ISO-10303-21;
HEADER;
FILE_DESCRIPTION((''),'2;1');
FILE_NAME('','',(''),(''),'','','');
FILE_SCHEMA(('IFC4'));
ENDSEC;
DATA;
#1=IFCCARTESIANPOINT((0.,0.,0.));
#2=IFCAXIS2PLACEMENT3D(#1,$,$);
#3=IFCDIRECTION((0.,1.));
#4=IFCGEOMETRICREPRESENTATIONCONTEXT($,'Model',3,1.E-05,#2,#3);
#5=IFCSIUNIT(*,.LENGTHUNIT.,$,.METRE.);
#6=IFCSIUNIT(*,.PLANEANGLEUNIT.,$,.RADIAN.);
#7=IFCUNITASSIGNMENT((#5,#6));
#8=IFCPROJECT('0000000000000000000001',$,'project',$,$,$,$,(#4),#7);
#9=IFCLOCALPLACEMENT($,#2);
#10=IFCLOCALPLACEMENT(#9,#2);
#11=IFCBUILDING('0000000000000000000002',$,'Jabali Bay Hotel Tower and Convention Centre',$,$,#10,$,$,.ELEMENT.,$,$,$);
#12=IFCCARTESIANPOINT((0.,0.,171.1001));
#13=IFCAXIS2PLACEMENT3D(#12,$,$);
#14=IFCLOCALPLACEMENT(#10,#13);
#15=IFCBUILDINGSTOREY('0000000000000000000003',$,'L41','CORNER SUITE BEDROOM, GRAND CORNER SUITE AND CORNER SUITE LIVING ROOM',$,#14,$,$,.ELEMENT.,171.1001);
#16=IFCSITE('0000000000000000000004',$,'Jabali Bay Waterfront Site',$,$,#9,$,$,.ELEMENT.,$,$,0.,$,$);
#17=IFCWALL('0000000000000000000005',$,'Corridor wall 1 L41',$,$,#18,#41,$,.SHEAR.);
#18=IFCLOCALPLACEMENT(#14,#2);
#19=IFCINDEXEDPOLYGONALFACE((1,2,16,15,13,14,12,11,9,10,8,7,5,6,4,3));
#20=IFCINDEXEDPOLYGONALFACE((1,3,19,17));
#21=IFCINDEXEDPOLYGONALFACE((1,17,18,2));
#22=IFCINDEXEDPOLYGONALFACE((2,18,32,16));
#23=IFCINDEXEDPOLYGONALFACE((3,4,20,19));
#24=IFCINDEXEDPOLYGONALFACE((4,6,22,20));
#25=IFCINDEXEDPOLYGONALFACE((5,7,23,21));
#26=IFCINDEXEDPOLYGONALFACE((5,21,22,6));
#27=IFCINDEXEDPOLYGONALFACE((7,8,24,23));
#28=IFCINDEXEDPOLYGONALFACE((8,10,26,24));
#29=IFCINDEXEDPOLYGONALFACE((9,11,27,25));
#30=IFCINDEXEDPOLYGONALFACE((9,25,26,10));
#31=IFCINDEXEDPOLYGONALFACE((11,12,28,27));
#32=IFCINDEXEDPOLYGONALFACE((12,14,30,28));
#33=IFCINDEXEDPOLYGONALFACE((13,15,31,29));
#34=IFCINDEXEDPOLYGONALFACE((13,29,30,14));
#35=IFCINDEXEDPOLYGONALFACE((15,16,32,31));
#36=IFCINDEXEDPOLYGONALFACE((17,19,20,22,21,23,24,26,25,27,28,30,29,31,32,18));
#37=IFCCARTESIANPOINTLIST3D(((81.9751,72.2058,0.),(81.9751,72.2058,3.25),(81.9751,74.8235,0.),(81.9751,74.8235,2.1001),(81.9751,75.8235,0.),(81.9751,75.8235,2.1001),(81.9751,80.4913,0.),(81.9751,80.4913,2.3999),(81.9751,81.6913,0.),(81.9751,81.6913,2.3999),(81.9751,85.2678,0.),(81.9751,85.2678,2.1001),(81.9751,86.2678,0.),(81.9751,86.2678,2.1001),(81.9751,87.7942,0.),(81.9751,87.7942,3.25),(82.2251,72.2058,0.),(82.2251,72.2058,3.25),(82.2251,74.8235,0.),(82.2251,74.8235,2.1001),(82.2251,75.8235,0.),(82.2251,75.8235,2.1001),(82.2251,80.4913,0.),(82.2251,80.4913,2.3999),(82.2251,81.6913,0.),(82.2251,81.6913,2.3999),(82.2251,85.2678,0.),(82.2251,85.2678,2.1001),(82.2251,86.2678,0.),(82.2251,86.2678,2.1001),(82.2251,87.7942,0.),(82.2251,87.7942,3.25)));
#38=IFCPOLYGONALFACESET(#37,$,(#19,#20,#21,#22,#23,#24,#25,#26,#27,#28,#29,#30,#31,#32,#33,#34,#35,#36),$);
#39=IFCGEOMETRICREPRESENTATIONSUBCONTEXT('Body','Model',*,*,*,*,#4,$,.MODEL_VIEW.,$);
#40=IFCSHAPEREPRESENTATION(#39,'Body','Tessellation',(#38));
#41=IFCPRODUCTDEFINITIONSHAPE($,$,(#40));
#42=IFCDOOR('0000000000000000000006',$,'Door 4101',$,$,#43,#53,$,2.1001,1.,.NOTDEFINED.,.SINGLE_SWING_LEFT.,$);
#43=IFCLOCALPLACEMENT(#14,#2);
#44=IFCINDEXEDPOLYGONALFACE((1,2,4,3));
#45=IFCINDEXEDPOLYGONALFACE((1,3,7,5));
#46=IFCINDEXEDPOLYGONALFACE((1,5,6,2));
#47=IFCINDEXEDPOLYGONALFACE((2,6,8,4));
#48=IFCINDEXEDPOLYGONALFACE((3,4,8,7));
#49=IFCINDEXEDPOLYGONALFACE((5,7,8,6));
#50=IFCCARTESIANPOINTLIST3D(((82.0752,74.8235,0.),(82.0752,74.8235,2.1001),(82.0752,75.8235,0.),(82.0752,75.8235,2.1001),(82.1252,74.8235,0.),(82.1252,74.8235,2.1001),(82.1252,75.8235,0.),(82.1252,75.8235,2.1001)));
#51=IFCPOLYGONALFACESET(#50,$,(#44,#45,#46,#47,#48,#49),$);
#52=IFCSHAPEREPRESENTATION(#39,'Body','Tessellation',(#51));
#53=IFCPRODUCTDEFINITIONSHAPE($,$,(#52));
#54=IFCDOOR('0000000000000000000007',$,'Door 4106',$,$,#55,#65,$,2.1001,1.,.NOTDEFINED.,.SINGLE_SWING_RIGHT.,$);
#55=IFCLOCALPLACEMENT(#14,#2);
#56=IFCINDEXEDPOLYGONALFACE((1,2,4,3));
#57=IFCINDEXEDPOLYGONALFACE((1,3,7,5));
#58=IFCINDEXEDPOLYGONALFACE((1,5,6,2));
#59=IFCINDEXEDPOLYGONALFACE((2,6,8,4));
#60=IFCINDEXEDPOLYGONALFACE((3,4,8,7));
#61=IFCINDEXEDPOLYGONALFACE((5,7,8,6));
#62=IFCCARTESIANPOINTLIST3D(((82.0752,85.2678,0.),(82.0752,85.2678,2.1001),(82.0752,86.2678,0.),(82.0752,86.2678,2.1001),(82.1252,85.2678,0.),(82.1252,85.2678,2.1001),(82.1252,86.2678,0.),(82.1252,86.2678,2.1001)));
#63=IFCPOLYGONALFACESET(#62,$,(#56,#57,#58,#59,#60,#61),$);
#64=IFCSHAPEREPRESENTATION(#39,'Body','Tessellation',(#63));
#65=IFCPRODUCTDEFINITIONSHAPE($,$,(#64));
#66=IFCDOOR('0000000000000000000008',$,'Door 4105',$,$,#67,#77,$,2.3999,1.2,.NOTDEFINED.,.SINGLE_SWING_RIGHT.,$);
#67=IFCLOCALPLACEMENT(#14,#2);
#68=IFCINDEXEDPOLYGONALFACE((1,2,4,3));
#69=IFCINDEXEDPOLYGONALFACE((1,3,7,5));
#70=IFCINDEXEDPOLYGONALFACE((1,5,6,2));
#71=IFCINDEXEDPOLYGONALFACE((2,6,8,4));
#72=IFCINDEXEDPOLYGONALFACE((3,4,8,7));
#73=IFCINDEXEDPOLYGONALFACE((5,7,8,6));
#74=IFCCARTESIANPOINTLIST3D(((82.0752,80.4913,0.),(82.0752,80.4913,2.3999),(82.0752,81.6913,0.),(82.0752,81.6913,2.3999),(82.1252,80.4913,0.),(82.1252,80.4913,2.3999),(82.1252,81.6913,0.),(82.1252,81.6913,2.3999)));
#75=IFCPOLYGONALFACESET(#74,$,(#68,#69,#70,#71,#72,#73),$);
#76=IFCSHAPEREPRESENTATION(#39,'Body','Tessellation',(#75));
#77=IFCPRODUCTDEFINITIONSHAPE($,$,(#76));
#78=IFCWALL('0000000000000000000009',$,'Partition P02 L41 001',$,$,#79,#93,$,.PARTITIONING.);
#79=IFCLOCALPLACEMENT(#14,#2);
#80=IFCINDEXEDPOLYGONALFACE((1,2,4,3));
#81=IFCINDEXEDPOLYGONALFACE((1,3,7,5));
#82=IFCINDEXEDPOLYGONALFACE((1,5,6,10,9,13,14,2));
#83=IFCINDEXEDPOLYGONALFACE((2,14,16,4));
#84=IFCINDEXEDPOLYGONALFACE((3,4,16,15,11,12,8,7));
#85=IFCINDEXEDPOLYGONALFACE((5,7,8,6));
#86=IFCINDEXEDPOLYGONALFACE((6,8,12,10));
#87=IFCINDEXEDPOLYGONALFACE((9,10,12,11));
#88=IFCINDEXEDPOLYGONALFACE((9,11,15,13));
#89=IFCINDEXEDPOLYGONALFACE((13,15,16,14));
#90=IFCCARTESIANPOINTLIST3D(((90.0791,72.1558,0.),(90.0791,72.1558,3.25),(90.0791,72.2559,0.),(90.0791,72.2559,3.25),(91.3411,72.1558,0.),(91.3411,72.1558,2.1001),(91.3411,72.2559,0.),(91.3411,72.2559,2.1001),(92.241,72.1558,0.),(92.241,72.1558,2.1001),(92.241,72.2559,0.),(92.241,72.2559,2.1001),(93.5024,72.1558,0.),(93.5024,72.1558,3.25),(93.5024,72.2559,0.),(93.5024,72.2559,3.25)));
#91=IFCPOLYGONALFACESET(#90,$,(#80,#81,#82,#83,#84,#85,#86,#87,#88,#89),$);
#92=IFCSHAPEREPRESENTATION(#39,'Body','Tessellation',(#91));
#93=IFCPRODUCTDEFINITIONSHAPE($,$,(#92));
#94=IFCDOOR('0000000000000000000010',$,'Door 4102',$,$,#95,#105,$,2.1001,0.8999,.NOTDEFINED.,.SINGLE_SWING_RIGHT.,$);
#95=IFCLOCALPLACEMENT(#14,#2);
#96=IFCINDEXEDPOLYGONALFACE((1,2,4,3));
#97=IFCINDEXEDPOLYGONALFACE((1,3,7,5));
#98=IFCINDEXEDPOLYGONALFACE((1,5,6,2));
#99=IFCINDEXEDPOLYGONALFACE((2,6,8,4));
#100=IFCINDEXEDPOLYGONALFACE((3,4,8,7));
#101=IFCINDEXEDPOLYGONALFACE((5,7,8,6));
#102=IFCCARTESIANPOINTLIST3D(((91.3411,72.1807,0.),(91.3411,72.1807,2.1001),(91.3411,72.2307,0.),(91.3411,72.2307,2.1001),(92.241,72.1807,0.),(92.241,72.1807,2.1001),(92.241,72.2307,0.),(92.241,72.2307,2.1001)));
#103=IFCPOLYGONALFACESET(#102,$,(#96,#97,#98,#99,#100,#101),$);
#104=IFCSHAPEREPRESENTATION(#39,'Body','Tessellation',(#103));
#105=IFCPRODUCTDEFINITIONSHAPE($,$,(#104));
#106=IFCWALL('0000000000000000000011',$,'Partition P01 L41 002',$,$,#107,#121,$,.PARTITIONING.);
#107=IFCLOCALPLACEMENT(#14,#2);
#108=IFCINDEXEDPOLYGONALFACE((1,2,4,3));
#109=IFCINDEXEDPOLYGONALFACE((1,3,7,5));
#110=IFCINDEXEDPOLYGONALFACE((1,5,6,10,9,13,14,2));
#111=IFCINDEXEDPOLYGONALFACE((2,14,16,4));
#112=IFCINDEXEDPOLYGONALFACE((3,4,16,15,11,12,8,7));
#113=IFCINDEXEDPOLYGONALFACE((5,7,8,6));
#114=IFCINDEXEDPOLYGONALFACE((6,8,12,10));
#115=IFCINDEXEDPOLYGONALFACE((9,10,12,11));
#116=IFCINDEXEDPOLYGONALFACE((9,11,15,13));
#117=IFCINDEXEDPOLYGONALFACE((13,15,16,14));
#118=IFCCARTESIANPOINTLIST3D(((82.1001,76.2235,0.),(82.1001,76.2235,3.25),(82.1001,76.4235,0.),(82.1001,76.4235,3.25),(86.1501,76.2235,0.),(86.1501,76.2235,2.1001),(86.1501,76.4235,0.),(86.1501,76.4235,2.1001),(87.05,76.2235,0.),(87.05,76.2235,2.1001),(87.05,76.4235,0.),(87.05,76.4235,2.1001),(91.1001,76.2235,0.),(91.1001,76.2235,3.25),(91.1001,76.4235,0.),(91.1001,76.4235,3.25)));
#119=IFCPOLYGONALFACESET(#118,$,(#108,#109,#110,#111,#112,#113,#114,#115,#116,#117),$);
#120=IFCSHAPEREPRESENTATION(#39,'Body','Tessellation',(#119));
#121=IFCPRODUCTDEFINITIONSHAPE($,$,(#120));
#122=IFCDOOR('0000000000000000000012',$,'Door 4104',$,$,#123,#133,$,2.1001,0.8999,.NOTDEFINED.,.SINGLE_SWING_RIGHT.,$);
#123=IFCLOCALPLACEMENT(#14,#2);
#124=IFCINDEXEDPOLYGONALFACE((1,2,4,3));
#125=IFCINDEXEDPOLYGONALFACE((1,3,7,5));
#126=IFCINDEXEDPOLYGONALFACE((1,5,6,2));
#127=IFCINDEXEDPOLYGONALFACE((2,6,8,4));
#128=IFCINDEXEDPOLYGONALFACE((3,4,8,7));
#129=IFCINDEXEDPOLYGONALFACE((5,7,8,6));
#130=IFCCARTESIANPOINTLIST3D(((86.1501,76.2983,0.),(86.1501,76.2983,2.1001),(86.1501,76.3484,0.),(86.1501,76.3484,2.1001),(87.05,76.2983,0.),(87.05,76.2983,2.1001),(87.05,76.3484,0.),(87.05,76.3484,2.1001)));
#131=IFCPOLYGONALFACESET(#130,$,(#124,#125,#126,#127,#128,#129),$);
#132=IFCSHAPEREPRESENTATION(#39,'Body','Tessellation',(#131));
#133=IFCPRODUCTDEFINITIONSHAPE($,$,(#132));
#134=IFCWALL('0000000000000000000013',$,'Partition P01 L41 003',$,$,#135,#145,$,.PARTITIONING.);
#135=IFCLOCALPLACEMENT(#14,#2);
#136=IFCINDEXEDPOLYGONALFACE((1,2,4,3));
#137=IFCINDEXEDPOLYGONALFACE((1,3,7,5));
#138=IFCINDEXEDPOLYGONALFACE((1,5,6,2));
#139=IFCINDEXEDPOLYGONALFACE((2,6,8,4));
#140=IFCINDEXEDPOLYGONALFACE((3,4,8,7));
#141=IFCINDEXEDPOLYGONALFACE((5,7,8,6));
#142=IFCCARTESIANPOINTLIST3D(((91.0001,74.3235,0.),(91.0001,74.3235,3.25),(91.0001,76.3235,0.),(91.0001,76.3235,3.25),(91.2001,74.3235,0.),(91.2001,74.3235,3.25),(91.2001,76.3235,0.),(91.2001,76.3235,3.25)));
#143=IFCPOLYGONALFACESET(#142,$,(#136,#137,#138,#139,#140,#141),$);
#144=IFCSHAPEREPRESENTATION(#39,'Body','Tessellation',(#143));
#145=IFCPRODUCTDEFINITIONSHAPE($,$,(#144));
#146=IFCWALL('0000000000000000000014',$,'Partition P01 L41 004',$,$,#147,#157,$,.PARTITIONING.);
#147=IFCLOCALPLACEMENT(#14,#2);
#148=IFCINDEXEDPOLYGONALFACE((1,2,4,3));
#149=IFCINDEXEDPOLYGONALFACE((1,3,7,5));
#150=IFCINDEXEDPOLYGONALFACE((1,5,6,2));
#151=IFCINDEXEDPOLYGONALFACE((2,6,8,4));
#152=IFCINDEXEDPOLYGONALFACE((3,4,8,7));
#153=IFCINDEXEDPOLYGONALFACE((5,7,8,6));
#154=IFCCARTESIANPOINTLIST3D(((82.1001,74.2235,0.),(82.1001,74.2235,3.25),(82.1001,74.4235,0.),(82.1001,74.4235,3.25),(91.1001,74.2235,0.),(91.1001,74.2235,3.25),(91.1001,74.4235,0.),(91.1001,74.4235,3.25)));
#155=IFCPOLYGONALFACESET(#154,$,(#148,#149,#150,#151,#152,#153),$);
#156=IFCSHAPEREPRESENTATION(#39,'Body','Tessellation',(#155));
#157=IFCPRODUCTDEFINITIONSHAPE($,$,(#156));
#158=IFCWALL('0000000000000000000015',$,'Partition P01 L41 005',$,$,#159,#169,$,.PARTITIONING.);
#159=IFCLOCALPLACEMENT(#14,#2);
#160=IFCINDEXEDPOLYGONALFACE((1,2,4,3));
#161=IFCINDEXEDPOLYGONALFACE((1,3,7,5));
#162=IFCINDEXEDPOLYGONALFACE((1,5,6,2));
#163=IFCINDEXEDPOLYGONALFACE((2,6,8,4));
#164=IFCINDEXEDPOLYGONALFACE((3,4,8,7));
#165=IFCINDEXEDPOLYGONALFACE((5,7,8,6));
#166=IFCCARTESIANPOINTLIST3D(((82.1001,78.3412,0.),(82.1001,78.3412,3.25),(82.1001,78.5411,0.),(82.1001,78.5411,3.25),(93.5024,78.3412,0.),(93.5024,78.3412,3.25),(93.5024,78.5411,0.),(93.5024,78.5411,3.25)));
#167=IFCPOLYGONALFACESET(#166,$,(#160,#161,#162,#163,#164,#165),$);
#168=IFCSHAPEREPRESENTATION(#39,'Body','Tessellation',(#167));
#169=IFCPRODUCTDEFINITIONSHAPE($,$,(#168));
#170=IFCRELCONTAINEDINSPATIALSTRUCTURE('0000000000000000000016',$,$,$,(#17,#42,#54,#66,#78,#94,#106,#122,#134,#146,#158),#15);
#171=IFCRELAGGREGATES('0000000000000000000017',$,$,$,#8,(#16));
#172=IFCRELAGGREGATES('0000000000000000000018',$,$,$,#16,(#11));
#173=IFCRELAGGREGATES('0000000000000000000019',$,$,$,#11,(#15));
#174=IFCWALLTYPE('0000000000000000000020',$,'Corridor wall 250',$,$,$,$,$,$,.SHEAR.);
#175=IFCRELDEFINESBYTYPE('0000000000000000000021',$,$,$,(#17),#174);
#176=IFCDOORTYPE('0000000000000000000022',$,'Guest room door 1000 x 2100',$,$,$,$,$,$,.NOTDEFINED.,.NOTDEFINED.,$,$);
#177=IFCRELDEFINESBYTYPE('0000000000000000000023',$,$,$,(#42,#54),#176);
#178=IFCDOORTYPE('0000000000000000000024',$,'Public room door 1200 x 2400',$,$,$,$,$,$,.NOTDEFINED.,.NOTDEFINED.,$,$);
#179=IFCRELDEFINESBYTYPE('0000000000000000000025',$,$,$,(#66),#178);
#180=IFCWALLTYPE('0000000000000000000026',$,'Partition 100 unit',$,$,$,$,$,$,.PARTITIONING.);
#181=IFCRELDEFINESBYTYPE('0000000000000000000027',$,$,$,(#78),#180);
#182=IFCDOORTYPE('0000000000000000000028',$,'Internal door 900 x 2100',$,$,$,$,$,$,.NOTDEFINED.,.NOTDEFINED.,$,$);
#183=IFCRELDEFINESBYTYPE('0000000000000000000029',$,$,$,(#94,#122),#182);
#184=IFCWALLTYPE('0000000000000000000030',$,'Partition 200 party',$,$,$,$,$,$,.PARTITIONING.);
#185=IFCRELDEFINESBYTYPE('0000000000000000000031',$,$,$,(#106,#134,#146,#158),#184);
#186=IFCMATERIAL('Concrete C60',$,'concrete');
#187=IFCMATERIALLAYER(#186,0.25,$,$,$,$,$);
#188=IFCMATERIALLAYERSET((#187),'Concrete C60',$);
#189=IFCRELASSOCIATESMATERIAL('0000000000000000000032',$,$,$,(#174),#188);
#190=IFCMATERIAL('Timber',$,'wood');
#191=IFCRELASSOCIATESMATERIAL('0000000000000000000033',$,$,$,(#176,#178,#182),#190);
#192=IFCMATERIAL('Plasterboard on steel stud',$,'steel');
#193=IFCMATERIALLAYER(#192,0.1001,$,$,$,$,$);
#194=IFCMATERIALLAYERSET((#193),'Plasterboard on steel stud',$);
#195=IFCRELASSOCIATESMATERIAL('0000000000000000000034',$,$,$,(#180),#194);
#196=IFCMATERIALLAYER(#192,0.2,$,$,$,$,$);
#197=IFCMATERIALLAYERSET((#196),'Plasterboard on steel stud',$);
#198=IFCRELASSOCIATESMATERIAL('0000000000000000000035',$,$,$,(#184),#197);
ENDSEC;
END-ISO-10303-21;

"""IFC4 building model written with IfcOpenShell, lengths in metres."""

from ifc_helpers import new_model, si_unit, direction, frame, frame_2d, origin, place, context, subcontext, project, spatial, rectangle, extrude, material, layer, layer_set, type_object, element, fill, save


model = new_model("IFC4")

# Units and contexts
model_context = context("Model", 3, precision=1e-05, world=origin(), true_north=direction((0.0, 1.0)))
body_context = subcontext(model_context, "Body", "Model", "MODEL_VIEW")
ifc_project = project(units=[si_unit("LENGTHUNIT", "METRE"), si_unit("PLANEANGLEUNIT", "RADIAN")], contexts=[model_context])

# Site, building, storey
site_placement = place(None, origin())
site = spatial("IfcSite", under=ifc_project, at=site_placement, Name="Jabali Bay Waterfront Site", CompositionType="ELEMENT", RefElevation=0.0)
building_placement = place(site_placement, origin())
building = spatial("IfcBuilding", under=site, at=building_placement, Name="Jabali Bay Hotel Tower and Convention Centre", CompositionType="ELEMENT")
storey_placement = place(building_placement, frame((0.0, 0.0, 171.1001)))
storey = spatial("IfcBuildingStorey", under=building, at=storey_placement, Name="L41", Description="CORNER SUITE BEDROOM, GRAND CORNER SUITE AND CORNER SUITE LIVING ROOM", CompositionType="ELEMENT", Elevation=171.1001)

# Shared definitions
ifc_material_1 = material(Name="Concrete C60", Category="concrete")

# Wall, openings, doors
ifc_layer_1 = layer(ifc_material_1, 0.25)
ifc_layer_set_1 = layer_set([ifc_layer_1], Name="Concrete C60")
wall_type_1 = type_object("IfcWallType", Name="Corridor wall 250", PredefinedType="SHEAR", material=ifc_layer_set_1)
wall_1_placement = place(storey_placement, frame((82.1001, 72.2058, 0.0), z_axis=(0.0, 0.0, 1.0), x_axis=(0.0, 1.0, 0.0)))
wall_1 = element("IfcWall", 1, at=wall_1_placement, inside=storey, type_object=wall_type_1, Name="Corridor wall 1 L41", PredefinedType="SHEAR", context=body_context, shape_type="SweptSolid", body=[
    extrude(rectangle(XDim=15.5884, YDim=0.25, at=frame_2d((7.7942, 0.0))), origin(), (0.0, 0.0, 1.0), 3.25),
])
opening_1_placement = place(wall_1_placement, frame((2.6177, 0.0, 0.0)))
opening_1 = element("IfcOpeningElement", 2, at=opening_1_placement, cuts=wall_1, PredefinedType="OPENING", context=body_context, shape_type="SweptSolid", body=[
    extrude(rectangle(XDim=1.0, YDim=2.1001, at=frame_2d((0.5, 1.05))), frame((0.0, 0.1355, 0.0), z_axis=(0.0, -1.0, 0.0), x_axis=(1.0, 0.0, 0.0)), (0.0, 0.0, 1.0), 0.271),
])
opening_2_placement = place(wall_1_placement, frame((8.2854, 0.0, 0.0)))
opening_2 = element("IfcOpeningElement", 3, at=opening_2_placement, cuts=wall_1, PredefinedType="OPENING", context=body_context, shape_type="SweptSolid", body=[
    extrude(rectangle(XDim=1.2, YDim=2.3999, at=frame_2d((0.6001, 1.2))), frame((0.0, 0.1355, 0.0), z_axis=(0.0, -1.0, 0.0), x_axis=(1.0, 0.0, 0.0)), (0.0, 0.0, 1.0), 0.271),
])
opening_3_placement = place(wall_1_placement, frame((13.062, 0.0, 0.0)))
opening_3 = element("IfcOpeningElement", 4, at=opening_3_placement, cuts=wall_1, PredefinedType="OPENING", context=body_context, shape_type="SweptSolid", body=[
    extrude(rectangle(XDim=1.0, YDim=2.1001, at=frame_2d((0.5, 1.05))), frame((0.0, 0.1355, 0.0), z_axis=(0.0, -1.0, 0.0), x_axis=(1.0, 0.0, 0.0)), (0.0, 0.0, 1.0), 0.271),
])
ifc_material_2 = material(Name="Timber", Category="wood")
door_type_1 = type_object("IfcDoorType", Name="Guest room door 1000 x 2100", OperationType="NOTDEFINED", PredefinedType="NOTDEFINED", material=ifc_material_2)
door_1_placement = place(opening_1_placement, origin())
door_1 = element("IfcDoor", 5, at=door_1_placement, inside=storey, type_object=door_type_1, Name="Door 4101", OperationType="SINGLE_SWING_LEFT", OverallHeight=2.1001, OverallWidth=1.0, PredefinedType="NOTDEFINED", context=body_context, shape_type="SweptSolid", body=[
    extrude(rectangle(XDim=1.0, YDim=2.1001, at=frame_2d((0.5, 1.05))), frame((0.0, 0.0249, 0.0), z_axis=(0.0, -1.0, 0.0), x_axis=(1.0, 0.0, 0.0)), (0.0, 0.0, 1.0), 0.05),
])
fill(opening_1, door_1)
door_2_placement = place(opening_3_placement, origin())
door_2 = element("IfcDoor", 6, at=door_2_placement, inside=storey, type_object=door_type_1, Name="Door 4106", OperationType="SINGLE_SWING_RIGHT", OverallHeight=2.1001, OverallWidth=1.0, PredefinedType="NOTDEFINED", context=body_context, shape_type="SweptSolid", body=[
    extrude(rectangle(XDim=1.0, YDim=2.1001, at=frame_2d((0.5, 1.05))), frame((0.0, 0.0249, 0.0), z_axis=(0.0, -1.0, 0.0), x_axis=(1.0, 0.0, 0.0)), (0.0, 0.0, 1.0), 0.05),
])
fill(opening_3, door_2)
door_type_2 = type_object("IfcDoorType", Name="Public room door 1200 x 2400", OperationType="NOTDEFINED", PredefinedType="NOTDEFINED", material=ifc_material_2)
door_3_placement = place(opening_2_placement, origin())
door_3 = element("IfcDoor", 7, at=door_3_placement, inside=storey, type_object=door_type_2, Name="Door 4105", OperationType="SINGLE_SWING_RIGHT", OverallHeight=2.3999, OverallWidth=1.2, PredefinedType="NOTDEFINED", context=body_context, shape_type="SweptSolid", body=[
    extrude(rectangle(XDim=1.2, YDim=2.3999, at=frame_2d((0.6001, 1.2))), frame((0.0, 0.0249, 0.0), z_axis=(0.0, -1.0, 0.0), x_axis=(1.0, 0.0, 0.0)), (0.0, 0.0, 1.0), 0.05),
])
fill(opening_2, door_3)

# Walls, openings, doors
ifc_material_3 = material(Name="Plasterboard on steel stud", Category="steel")
ifc_layer_2 = layer(ifc_material_3, 0.1001)
ifc_layer_set_2 = layer_set([ifc_layer_2], Name="Plasterboard on steel stud")
wall_type_2 = type_object("IfcWallType", Name="Partition 100 unit", PredefinedType="PARTITIONING", material=ifc_layer_set_2)
wall_2_placement = place(storey_placement, frame((90.0791, 72.2058, 0.0), z_axis=(0.0, 0.0, 1.0), x_axis=(1.0, 0.0, 0.0)))
wall_2 = element("IfcWall", 8, at=wall_2_placement, inside=storey, type_object=wall_type_2, Name="Partition P02 L41 001", PredefinedType="PARTITIONING", context=body_context, shape_type="SweptSolid", body=[
    extrude(rectangle(XDim=3.4233, YDim=0.1001, at=frame_2d((1.7117, 0.0))), origin(), (0.0, 0.0, 1.0), 3.25),
])
opening_4_placement = place(wall_2_placement, frame((1.262, 0.0, 0.0)))
opening_4 = element("IfcOpeningElement", 9, at=opening_4_placement, cuts=wall_2, PredefinedType="OPENING", context=body_context, shape_type="SweptSolid", body=[
    extrude(rectangle(XDim=0.8999, YDim=2.1001, at=frame_2d((0.45, 1.05))), frame((0.0, 0.0605, 0.0), z_axis=(0.0, -1.0, 0.0), x_axis=(1.0, 0.0, 0.0)), (0.0, 0.0, 1.0), 0.1211),
])
door_type_3 = type_object("IfcDoorType", Name="Internal door 900 x 2100", OperationType="NOTDEFINED", PredefinedType="NOTDEFINED", material=ifc_material_2)
door_4_placement = place(opening_4_placement, origin())
door_4 = element("IfcDoor", 10, at=door_4_placement, inside=storey, type_object=door_type_3, Name="Door 4102", OperationType="SINGLE_SWING_RIGHT", OverallHeight=2.1001, OverallWidth=0.8999, PredefinedType="NOTDEFINED", context=body_context, shape_type="SweptSolid", body=[
    extrude(rectangle(XDim=0.8999, YDim=2.1001, at=frame_2d((0.45, 1.05))), frame((0.0, 0.0249, 0.0), z_axis=(0.0, -1.0, 0.0), x_axis=(1.0, 0.0, 0.0)), (0.0, 0.0, 1.0), 0.05),
])
fill(opening_4, door_4)
ifc_layer_3 = layer(ifc_material_3, 0.2)
ifc_layer_set_3 = layer_set([ifc_layer_3], Name="Plasterboard on steel stud")
wall_type_3 = type_object("IfcWallType", Name="Partition 200 party", PredefinedType="PARTITIONING", material=ifc_layer_set_3)
wall_3_placement = place(storey_placement, frame((82.1001, 76.3235, 0.0), z_axis=(0.0, 0.0, 1.0), x_axis=(1.0, 0.0, 0.0)))
wall_3 = element("IfcWall", 11, at=wall_3_placement, inside=storey, type_object=wall_type_3, Name="Partition P01 L41 002", PredefinedType="PARTITIONING", context=body_context, shape_type="SweptSolid", body=[
    extrude(rectangle(XDim=9.0, YDim=0.2, at=frame_2d((4.5, 0.0))), origin(), (0.0, 0.0, 1.0), 3.25),
])
opening_5_placement = place(wall_3_placement, frame((4.05, 0.0, 0.0)))
opening_5 = element("IfcOpeningElement", 12, at=opening_5_placement, cuts=wall_3, PredefinedType="OPENING", context=body_context, shape_type="SweptSolid", body=[
    extrude(rectangle(XDim=0.8999, YDim=2.1001, at=frame_2d((0.45, 1.05))), frame((0.0, 0.1104, 0.0), z_axis=(0.0, -1.0, 0.0), x_axis=(1.0, 0.0, 0.0)), (0.0, 0.0, 1.0), 0.2209),
])
door_5_placement = place(opening_5_placement, origin())
door_5 = element("IfcDoor", 13, at=door_5_placement, inside=storey, type_object=door_type_3, Name="Door 4104", OperationType="SINGLE_SWING_RIGHT", OverallHeight=2.1001, OverallWidth=0.8999, PredefinedType="NOTDEFINED", context=body_context, shape_type="SweptSolid", body=[
    extrude(rectangle(XDim=0.8999, YDim=2.1001, at=frame_2d((0.45, 1.05))), frame((0.0, 0.0249, 0.0), z_axis=(0.0, -1.0, 0.0), x_axis=(1.0, 0.0, 0.0)), (0.0, 0.0, 1.0), 0.05),
])
fill(opening_5, door_5)

# Walls
wall_4_placement = place(storey_placement, frame((91.1001, 76.3235, 0.0), z_axis=(0.0, 0.0, 1.0), x_axis=(0.0, -1.0, 0.0)))
element("IfcWall", 14, at=wall_4_placement, inside=storey, type_object=wall_type_3, Name="Partition P01 L41 003", PredefinedType="PARTITIONING", context=body_context, shape_type="SweptSolid", body=[
    extrude(rectangle(XDim=2.0, YDim=0.2, at=frame_2d((1.0, 0.0))), origin(), (0.0, 0.0, 1.0), 3.25),
])
wall_5_placement = place(storey_placement, frame((91.1001, 74.3235, 0.0), z_axis=(0.0, 0.0, 1.0), x_axis=(-1.0, 0.0, 0.0)))
element("IfcWall", 15, at=wall_5_placement, inside=storey, type_object=wall_type_3, Name="Partition P01 L41 004", PredefinedType="PARTITIONING", context=body_context, shape_type="SweptSolid", body=[
    extrude(rectangle(XDim=9.0, YDim=0.2, at=frame_2d((4.5, 0.0))), origin(), (0.0, 0.0, 1.0), 3.25),
])
wall_6_placement = place(storey_placement, frame((93.5024, 78.4412, 0.0), z_axis=(0.0, 0.0, 1.0), x_axis=(-1.0, 0.0, 0.0)))
element("IfcWall", 16, at=wall_6_placement, inside=storey, type_object=wall_type_3, Name="Partition P01 L41 005", PredefinedType="PARTITIONING", context=body_context, shape_type="SweptSolid", body=[
    extrude(rectangle(XDim=11.4023, YDim=0.2, at=frame_2d((5.7012, 0.0))), origin(), (0.0, 0.0, 1.0), 3.25),
])

save(model, "model.ifc")
